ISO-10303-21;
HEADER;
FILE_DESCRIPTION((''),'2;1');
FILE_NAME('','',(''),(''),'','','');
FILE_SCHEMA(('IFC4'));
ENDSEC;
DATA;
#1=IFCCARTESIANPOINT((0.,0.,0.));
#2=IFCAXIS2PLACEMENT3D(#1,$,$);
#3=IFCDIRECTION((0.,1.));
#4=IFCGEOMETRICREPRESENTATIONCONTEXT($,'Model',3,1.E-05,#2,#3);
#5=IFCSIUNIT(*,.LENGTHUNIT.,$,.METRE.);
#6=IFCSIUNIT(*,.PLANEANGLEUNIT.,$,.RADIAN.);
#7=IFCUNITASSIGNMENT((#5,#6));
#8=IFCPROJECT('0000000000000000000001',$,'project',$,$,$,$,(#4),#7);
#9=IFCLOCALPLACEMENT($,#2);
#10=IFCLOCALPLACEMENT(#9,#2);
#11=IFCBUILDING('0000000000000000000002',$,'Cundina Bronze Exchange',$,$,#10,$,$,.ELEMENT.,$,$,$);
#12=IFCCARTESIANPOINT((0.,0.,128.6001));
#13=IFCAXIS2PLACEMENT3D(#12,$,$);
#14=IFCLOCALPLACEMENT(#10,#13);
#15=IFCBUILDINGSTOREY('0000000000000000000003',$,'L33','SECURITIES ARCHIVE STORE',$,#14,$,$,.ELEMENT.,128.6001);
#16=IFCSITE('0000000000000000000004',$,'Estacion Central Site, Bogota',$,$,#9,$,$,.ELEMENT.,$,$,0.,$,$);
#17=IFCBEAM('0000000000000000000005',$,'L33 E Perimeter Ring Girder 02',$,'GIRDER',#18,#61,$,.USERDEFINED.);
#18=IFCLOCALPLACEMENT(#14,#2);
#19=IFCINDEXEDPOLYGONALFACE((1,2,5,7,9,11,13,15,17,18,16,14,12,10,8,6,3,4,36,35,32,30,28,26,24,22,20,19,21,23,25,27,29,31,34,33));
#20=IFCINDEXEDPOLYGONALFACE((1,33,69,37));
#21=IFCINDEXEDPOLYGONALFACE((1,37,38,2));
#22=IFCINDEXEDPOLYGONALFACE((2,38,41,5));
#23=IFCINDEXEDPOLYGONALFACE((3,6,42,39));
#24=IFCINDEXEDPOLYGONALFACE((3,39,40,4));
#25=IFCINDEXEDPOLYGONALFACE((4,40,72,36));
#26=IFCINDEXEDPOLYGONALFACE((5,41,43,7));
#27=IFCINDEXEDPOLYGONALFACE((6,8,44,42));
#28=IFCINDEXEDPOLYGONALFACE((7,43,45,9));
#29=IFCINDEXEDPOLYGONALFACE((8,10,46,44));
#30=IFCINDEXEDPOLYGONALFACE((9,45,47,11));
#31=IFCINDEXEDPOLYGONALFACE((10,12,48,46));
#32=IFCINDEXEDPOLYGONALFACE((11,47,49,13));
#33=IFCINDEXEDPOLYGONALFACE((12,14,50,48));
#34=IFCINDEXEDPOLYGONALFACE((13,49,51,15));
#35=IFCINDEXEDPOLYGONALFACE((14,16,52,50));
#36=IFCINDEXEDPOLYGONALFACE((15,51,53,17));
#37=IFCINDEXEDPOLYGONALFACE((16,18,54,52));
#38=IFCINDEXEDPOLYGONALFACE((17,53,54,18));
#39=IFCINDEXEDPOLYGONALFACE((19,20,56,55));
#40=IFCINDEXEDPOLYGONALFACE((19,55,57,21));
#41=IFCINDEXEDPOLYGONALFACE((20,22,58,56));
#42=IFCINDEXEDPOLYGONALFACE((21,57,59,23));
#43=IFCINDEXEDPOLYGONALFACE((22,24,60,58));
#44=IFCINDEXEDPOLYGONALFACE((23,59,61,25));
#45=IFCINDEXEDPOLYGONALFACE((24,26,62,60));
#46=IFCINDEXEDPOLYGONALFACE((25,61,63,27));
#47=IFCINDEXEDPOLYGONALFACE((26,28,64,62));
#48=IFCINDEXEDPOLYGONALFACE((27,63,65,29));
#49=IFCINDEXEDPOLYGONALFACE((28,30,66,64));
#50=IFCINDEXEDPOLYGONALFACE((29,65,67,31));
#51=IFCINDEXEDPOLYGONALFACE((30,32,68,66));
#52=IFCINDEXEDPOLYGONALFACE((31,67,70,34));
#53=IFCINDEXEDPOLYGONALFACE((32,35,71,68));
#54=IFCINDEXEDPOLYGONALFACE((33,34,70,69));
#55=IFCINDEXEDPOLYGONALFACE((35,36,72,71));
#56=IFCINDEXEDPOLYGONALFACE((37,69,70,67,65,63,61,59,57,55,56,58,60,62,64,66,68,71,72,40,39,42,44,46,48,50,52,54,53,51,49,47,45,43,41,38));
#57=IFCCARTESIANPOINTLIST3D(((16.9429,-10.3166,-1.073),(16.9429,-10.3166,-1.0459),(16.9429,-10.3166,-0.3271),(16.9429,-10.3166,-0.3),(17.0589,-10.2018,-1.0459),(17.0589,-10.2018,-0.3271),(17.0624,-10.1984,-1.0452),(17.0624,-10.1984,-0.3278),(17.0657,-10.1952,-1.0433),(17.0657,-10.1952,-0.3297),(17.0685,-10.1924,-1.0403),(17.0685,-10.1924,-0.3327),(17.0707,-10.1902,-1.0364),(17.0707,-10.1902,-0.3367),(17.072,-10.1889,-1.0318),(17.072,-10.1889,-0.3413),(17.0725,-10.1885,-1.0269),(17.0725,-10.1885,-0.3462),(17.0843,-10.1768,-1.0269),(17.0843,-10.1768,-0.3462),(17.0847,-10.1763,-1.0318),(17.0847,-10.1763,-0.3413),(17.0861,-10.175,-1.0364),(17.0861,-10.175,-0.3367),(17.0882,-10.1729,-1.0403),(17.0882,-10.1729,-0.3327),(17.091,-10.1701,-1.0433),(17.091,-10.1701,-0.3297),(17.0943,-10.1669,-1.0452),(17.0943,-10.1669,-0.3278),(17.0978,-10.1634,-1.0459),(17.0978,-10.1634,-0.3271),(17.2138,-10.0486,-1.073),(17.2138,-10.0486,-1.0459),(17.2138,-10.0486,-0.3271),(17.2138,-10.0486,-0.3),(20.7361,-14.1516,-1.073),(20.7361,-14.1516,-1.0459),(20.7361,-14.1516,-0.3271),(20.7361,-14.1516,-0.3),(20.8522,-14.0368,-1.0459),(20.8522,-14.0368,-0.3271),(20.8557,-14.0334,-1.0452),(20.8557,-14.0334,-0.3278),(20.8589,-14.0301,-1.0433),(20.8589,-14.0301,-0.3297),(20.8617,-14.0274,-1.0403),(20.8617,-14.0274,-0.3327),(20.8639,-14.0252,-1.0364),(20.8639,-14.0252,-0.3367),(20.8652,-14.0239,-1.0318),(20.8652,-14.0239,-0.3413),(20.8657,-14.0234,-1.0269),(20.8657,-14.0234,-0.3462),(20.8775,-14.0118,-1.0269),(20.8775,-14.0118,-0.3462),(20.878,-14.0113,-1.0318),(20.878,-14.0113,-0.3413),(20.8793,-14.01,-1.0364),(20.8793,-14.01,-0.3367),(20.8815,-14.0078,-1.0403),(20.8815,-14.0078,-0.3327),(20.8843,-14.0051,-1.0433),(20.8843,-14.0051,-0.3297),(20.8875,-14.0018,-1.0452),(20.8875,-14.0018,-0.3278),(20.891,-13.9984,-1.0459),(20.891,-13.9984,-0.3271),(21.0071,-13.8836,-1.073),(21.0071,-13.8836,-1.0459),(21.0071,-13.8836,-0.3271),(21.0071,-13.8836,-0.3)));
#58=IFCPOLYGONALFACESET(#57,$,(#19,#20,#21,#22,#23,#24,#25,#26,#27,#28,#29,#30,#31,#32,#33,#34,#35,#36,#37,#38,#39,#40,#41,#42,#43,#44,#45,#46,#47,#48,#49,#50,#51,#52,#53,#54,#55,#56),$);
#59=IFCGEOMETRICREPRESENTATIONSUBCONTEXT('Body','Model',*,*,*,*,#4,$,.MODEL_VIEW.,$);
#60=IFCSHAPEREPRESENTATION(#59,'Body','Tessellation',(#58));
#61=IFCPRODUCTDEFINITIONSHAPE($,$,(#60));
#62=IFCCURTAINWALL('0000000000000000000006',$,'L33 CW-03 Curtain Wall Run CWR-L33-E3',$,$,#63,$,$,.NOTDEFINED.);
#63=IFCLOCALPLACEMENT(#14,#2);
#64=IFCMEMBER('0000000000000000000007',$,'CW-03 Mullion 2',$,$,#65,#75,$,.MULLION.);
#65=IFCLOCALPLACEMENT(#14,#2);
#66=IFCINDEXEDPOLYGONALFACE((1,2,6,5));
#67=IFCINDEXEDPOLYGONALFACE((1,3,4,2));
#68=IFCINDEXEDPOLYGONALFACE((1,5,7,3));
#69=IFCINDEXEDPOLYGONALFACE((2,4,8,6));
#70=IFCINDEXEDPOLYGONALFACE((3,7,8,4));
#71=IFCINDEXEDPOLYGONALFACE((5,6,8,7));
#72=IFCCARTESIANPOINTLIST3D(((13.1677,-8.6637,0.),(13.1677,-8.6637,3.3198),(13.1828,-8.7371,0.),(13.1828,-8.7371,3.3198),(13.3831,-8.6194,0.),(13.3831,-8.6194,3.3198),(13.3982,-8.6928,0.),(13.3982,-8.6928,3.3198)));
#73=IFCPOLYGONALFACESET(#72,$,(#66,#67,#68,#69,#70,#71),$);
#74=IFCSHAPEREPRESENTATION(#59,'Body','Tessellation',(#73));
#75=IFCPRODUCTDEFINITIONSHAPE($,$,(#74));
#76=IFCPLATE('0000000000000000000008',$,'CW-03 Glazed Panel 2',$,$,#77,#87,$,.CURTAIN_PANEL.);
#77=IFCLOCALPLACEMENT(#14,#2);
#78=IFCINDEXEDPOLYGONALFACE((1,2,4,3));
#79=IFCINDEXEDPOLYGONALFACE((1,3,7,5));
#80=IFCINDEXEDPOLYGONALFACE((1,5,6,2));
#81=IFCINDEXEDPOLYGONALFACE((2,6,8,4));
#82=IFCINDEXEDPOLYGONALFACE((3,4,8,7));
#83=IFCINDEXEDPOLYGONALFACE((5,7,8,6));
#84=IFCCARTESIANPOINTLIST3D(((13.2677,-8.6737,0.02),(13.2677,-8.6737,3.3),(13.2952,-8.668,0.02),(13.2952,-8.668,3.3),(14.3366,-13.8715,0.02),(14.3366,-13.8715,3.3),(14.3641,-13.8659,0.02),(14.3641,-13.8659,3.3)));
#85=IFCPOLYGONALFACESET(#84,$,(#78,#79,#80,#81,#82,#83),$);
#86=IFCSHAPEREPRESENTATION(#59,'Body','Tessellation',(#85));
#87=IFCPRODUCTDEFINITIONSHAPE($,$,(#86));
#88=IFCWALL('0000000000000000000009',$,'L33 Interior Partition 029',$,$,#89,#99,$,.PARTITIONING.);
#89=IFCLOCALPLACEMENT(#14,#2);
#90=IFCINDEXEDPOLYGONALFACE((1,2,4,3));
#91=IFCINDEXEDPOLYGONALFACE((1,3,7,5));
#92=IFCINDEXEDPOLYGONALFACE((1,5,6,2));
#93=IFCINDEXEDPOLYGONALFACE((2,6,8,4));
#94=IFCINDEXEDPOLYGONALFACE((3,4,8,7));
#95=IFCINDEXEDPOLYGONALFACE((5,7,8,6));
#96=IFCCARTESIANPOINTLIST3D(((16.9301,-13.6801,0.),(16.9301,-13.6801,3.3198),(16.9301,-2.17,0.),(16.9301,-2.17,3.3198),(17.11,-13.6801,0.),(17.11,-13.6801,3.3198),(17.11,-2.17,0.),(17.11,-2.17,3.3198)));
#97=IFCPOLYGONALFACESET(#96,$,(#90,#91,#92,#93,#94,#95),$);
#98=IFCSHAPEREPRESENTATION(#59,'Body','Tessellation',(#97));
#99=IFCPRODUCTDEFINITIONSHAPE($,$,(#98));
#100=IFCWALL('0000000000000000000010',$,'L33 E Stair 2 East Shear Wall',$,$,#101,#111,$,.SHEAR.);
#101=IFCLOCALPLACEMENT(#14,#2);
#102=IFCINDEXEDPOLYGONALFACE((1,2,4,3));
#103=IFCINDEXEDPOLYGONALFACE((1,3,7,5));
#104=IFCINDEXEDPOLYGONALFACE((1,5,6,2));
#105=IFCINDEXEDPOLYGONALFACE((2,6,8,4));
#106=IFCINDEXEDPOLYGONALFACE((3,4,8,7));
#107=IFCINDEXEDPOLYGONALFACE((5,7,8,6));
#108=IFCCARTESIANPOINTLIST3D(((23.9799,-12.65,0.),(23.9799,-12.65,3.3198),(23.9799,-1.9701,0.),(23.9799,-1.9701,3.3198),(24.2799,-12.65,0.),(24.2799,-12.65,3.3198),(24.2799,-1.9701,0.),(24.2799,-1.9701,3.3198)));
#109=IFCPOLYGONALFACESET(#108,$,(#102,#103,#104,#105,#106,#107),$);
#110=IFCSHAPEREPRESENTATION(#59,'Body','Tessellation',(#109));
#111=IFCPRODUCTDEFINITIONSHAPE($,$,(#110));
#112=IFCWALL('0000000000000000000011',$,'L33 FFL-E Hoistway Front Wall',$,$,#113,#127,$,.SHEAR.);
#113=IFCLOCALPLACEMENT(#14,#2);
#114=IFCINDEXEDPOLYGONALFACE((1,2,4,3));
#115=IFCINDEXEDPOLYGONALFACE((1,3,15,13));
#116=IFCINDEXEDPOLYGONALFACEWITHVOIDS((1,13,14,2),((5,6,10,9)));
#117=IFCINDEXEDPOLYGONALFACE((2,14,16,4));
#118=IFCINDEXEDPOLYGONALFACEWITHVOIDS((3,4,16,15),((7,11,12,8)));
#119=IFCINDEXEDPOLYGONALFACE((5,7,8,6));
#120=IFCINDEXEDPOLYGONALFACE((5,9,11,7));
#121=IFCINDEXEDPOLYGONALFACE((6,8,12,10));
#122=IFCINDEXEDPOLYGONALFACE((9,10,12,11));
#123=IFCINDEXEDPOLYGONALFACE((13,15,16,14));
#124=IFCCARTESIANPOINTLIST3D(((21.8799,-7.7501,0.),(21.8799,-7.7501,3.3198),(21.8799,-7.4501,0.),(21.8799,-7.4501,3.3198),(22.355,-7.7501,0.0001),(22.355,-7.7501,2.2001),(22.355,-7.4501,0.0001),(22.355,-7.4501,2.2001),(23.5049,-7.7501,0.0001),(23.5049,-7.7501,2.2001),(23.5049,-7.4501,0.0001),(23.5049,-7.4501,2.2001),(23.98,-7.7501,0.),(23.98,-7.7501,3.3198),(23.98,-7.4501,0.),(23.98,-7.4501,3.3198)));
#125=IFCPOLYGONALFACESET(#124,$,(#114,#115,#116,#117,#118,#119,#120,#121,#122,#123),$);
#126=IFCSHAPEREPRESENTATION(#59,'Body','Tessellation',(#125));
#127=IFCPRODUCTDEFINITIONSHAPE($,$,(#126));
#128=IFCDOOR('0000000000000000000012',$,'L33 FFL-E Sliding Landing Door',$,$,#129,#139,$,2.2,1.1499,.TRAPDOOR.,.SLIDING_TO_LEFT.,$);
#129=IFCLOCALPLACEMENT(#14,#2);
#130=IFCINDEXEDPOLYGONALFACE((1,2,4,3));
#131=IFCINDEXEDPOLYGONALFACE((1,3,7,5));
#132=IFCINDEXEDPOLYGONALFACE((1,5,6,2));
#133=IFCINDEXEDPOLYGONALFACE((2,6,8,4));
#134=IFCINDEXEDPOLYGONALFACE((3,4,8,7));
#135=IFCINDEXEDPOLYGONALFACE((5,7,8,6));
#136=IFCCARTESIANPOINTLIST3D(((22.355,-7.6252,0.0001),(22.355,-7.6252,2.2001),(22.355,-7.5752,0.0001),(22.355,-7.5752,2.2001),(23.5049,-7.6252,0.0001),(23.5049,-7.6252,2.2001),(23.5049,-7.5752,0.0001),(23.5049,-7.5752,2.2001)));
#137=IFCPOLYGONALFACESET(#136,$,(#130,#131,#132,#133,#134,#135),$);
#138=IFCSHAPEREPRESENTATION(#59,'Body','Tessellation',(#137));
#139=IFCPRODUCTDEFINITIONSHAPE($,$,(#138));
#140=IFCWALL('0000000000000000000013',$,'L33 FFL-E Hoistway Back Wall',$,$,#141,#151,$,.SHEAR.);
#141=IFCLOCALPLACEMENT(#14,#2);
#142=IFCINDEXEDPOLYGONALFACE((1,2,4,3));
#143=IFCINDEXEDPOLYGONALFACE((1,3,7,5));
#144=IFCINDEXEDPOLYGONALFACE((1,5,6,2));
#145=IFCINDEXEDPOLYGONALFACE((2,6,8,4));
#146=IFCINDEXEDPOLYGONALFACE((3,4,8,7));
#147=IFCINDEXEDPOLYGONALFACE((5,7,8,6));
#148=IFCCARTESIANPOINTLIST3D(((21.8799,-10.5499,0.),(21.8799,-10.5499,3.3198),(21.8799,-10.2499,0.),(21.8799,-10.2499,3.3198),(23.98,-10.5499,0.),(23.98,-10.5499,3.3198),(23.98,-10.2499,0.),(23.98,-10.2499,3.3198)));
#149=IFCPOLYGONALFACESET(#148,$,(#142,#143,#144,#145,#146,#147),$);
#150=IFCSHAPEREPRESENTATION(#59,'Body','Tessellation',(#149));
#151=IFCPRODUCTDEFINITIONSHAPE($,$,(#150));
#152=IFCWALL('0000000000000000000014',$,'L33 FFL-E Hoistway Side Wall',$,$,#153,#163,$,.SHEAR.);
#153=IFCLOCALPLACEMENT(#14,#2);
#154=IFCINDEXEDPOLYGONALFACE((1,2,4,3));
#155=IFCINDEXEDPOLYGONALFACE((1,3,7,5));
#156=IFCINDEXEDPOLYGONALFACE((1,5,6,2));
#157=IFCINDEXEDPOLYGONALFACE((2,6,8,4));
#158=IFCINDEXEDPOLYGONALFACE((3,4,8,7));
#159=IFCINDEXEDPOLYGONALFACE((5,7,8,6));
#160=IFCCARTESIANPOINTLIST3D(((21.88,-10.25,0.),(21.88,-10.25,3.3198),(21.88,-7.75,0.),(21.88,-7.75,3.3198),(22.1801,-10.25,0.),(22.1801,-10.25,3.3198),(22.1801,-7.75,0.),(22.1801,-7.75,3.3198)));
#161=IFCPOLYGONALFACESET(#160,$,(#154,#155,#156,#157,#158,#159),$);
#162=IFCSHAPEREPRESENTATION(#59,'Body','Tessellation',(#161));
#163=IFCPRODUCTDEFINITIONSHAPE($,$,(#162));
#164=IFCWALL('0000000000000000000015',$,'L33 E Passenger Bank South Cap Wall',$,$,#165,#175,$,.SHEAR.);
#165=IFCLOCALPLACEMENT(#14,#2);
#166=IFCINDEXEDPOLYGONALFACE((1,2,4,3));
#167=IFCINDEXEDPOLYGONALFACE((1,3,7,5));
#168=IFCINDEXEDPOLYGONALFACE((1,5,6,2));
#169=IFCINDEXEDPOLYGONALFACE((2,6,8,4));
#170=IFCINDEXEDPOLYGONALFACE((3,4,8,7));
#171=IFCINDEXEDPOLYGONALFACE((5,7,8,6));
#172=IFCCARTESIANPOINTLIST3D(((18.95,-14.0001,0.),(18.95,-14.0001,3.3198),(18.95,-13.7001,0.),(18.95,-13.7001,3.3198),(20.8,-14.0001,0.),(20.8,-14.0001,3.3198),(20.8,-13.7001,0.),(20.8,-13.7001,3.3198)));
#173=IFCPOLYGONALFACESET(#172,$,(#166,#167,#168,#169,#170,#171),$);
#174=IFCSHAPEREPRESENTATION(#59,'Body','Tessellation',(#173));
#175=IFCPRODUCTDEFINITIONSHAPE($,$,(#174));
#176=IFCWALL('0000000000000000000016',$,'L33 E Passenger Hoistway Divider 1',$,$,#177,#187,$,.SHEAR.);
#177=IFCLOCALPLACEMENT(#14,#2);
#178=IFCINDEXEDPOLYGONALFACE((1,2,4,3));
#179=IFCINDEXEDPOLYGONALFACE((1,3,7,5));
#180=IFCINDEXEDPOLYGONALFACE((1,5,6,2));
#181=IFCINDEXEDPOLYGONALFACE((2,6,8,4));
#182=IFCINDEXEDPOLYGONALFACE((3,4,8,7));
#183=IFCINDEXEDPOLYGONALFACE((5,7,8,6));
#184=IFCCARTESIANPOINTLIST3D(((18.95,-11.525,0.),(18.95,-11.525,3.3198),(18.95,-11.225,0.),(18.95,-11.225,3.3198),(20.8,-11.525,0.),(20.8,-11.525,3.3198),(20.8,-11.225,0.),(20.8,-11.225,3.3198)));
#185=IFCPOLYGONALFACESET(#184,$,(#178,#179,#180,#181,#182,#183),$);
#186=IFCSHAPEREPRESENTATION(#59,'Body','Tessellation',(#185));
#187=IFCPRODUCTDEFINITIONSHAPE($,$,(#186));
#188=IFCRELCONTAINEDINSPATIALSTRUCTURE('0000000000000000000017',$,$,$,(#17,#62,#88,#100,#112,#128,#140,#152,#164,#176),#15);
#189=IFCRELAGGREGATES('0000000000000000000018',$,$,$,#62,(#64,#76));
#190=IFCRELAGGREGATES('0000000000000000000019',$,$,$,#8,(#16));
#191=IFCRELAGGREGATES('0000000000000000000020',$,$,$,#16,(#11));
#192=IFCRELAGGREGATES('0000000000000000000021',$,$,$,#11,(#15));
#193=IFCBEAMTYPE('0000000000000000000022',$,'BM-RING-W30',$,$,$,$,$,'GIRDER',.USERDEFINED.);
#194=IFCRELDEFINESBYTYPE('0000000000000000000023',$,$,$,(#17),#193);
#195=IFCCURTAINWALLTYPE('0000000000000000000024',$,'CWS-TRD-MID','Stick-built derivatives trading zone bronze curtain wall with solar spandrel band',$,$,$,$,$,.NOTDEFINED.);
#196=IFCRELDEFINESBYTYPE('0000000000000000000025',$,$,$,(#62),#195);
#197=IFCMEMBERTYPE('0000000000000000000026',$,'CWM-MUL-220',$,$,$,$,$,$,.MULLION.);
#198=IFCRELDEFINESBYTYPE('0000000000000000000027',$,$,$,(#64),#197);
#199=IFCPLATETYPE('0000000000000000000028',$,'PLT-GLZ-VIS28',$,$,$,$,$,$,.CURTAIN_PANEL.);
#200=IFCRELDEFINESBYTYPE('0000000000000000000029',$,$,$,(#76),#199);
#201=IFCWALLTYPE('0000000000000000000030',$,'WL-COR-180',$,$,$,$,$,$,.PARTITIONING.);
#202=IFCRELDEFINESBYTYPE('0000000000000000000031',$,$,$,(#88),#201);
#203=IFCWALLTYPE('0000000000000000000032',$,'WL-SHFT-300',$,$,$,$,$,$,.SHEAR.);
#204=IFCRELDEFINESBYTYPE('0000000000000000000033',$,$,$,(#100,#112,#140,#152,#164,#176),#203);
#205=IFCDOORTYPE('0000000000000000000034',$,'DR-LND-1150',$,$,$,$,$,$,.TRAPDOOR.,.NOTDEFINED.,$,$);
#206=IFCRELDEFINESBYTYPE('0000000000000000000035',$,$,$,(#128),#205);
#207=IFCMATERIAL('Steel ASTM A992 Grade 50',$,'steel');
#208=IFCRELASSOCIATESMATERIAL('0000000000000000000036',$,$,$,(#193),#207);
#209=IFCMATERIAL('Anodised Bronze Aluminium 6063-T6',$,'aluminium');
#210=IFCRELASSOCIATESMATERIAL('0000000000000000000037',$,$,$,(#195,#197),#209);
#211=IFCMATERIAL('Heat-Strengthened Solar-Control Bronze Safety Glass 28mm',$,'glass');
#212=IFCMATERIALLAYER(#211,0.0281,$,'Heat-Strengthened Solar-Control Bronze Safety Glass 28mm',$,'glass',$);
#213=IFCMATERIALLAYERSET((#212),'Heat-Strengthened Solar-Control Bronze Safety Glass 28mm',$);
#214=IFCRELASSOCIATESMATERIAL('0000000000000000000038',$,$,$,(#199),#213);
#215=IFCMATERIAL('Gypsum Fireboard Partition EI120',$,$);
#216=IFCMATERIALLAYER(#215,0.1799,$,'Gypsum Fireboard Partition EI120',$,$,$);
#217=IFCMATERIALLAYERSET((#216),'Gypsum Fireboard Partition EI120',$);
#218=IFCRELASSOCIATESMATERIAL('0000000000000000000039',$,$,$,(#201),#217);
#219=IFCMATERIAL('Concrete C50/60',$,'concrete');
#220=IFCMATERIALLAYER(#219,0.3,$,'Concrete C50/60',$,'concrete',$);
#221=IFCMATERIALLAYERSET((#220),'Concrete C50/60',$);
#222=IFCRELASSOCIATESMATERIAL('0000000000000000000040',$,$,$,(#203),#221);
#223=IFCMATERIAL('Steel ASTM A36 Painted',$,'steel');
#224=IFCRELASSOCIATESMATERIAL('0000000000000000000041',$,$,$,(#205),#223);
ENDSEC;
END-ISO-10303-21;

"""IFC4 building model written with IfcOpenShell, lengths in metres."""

from ifc_helpers import new_model, si_unit, direction, frame, frame_2d, origin, origin_2d, place, context, subcontext, project, spatial, rectangle, i_section, extrude, material, layer, layer_set, material_profile, profile_set, type_object, element, fill, aggregate, save


model = new_model("IFC4")

# Units and contexts
model_context = context("Model", 3, precision=1e-05, world=origin(), true_north=direction((0.0, 1.0)))
body_context = subcontext(model_context, "Body", "Model", "MODEL_VIEW")
ifc_project = project(units=[si_unit("LENGTHUNIT", "METRE"), si_unit("PLANEANGLEUNIT", "RADIAN")], contexts=[model_context])

# Site, building, storey
site_placement = place(None, origin())
site = spatial("IfcSite", under=ifc_project, at=site_placement, Name="Estacion Central Site, Bogota", CompositionType="ELEMENT", RefElevation=0.0)
building_placement = place(site_placement, origin())
building = spatial("IfcBuilding", under=site, at=building_placement, Name="Cundina Bronze Exchange", CompositionType="ELEMENT")
storey_placement = place(building_placement, frame((0.0, 0.0, 128.6001)))
storey = spatial("IfcBuildingStorey", under=building, at=storey_placement, Name="L33", Description="SECURITIES ARCHIVE STORE", CompositionType="ELEMENT", Elevation=128.6001)

# Beam
ifc_material_1 = material(Name="Steel ASTM A992 Grade 50", Category="steel")
ifc_material_profile_1 = material_profile(ifc_material_1, i_section(OverallWidth=0.3811, OverallDepth=0.7729, WebThickness=0.0166, FlangeThickness=0.0271, FilletRadius=0.019, at=origin_2d()), Name="W30X173", Category="steel")
ifc_profile_set_1 = profile_set([ifc_material_profile_1], Name="Steel ASTM A992 Grade 50")
beam_type_1 = type_object("IfcBeamType", Name="BM-RING-W30", ElementType="GIRDER", PredefinedType="USERDEFINED", material=ifc_profile_set_1)
beam_1_placement = place(storey_placement, frame((17.0784, -10.1826, -0.6865), z_axis=(0.703226, -0.710966, 0.0), x_axis=(0.710966, 0.703226, 0.0)))
element("IfcBeam", 1, at=beam_1_placement, inside=storey, type_object=beam_type_1, Name="L33 E Perimeter Ring Girder 02", ObjectType="GIRDER", PredefinedType="USERDEFINED", context=body_context, shape_type="SweptSolid", body=[
    extrude(i_section(OverallWidth=0.3811, OverallDepth=0.7729, WebThickness=0.0166, FlangeThickness=0.0271, FilletRadius=0.019, at=origin_2d()), origin(), (0.0, 0.0, 1.0), 5.394),
])

# Curtain wall, member, plate
ifc_material_2 = material(Name="Anodised Bronze Aluminium 6063-T6", Category="aluminium")
curtain_wall_type = type_object("IfcCurtainWallType", Name="CWS-TRD-MID", Description="Stick-built derivatives trading zone bronze curtain wall with solar spandrel band", PredefinedType="NOTDEFINED", material=ifc_material_2)
curtain_wall_placement = place(storey_placement, origin())
curtain_wall = element("IfcCurtainWall", 2, at=curtain_wall_placement, inside=storey, type_object=curtain_wall_type, Name="L33 CW-03 Curtain Wall Run CWR-L33-E3", PredefinedType="NOTDEFINED")
ifc_material_profile_2 = material_profile(ifc_material_2, rectangle(XDim=0.075, YDim=0.22, at=origin_2d()), Name="AL75X220", Category="aluminium")
ifc_profile_set_2 = profile_set([ifc_material_profile_2], Name="Anodised Bronze Aluminium 6063-T6")
member_type = type_object("IfcMemberType", Name="CWM-MUL-220", PredefinedType="MULLION", material=ifc_profile_set_2)
member_placement = place(storey_placement, frame((13.283, -8.6782, 0.0), z_axis=(0.0, 0.0, 1.0), x_axis=(0.20142, -0.979505, 0.0)))
member = element("IfcMember", 3, at=member_placement, type_object=member_type, Name="CW-03 Mullion 2", PredefinedType="MULLION", context=body_context, shape_type="SweptSolid", body=[
    extrude(rectangle(XDim=0.075, YDim=0.22, at=origin_2d()), origin(), (0.0, 0.0, 1.0), 3.3198),
])
ifc_material_3 = material(Name="Heat-Strengthened Solar-Control Bronze Safety Glass 28mm", Category="glass")
ifc_layer_1 = layer(ifc_material_3, 0.0281, Name="Heat-Strengthened Solar-Control Bronze Safety Glass 28mm", Category="glass")
ifc_layer_set_1 = layer_set([ifc_layer_1], Name="Heat-Strengthened Solar-Control Bronze Safety Glass 28mm")
plate_type = type_object("IfcPlateType", Name="PLT-GLZ-VIS28", PredefinedType="CURTAIN_PANEL", material=ifc_layer_set_1)
plate_placement = place(storey_placement, frame((13.8159, -11.2698, 0.02), z_axis=(0.0, 0.0, 1.0), x_axis=(0.20142, -0.979505, 0.0)))
plate = element("IfcPlate", 4, at=plate_placement, type_object=plate_type, Name="CW-03 Glazed Panel 2", PredefinedType="CURTAIN_PANEL", context=body_context, shape_type="SweptSolid", body=[
    extrude(rectangle(XDim=5.3066, YDim=0.0281, at=origin_2d()), origin(), (0.0, 0.0, 1.0), 3.28),
])
aggregate(curtain_wall, [member, plate])

# Walls
ifc_material_4 = material(Name="Gypsum Fireboard Partition EI120")
ifc_layer_2 = layer(ifc_material_4, 0.1799, Name="Gypsum Fireboard Partition EI120")
ifc_layer_set_2 = layer_set([ifc_layer_2], Name="Gypsum Fireboard Partition EI120")
wall_type_1 = type_object("IfcWallType", Name="WL-COR-180", PredefinedType="PARTITIONING", material=ifc_layer_set_2)
wall_1_placement = place(storey_placement, frame((17.02, -13.6799, 0.0), z_axis=(0.0, 0.0, 1.0), x_axis=(0.0, 1.0, 0.0)))
element("IfcWall", 5, at=wall_1_placement, inside=storey, type_object=wall_type_1, Name="L33 Interior Partition 029", PredefinedType="PARTITIONING", context=body_context, shape_type="SweptSolid", body=[
    extrude(rectangle(XDim=11.51, YDim=0.1799, at=frame_2d((5.7549, 0.0))), origin(), (0.0, 0.0, 1.0), 3.3198),
])
ifc_material_5 = material(Name="Concrete C50/60", Category="concrete")
ifc_layer_3 = layer(ifc_material_5, 0.3, Name="Concrete C50/60", Category="concrete")
ifc_layer_set_3 = layer_set([ifc_layer_3], Name="Concrete C50/60")
wall_type_2 = type_object("IfcWallType", Name="WL-SHFT-300", PredefinedType="SHEAR", material=ifc_layer_set_3)
wall_2_placement = place(storey_placement, frame((24.1299, -12.6499, 0.0), z_axis=(0.0, 0.0, 1.0), x_axis=(0.0, 1.0, 0.0)))
element("IfcWall", 6, at=wall_2_placement, inside=storey, type_object=wall_type_2, Name="L33 E Stair 2 East Shear Wall", PredefinedType="SHEAR", context=body_context, shape_type="SweptSolid", body=[
    extrude(rectangle(XDim=10.6799, YDim=0.3, at=frame_2d((5.3398, 0.0))), origin(), (0.0, 0.0, 1.0), 3.3198),
])

# Wall, opening, door
ifc_material_6 = material(Name="Steel ASTM A36 Painted", Category="steel")
wall_3_placement = place(storey_placement, frame((21.8799, -7.6001, 0.0), z_axis=(0.0, 0.0, 1.0), x_axis=(1.0, 0.0, 0.0)))
wall_3 = element("IfcWall", 7, at=wall_3_placement, inside=storey, type_object=wall_type_2, Name="L33 FFL-E Hoistway Front Wall", PredefinedType="SHEAR", context=body_context, shape_type="SweptSolid", body=[
    extrude(rectangle(XDim=2.1001, YDim=0.3, at=frame_2d((1.05, 0.0))), origin(), (0.0, 0.0, 1.0), 3.3198),
])
opening_1_placement = place(wall_3_placement, frame((0.4751, 0.0, 0.0)))
opening_1 = element("IfcOpeningElement", 8, at=opening_1_placement, cuts=wall_3, PredefinedType="OPENING", context=body_context, shape_type="SweptSolid", body=[
    extrude(rectangle(XDim=1.1499, YDim=2.2, at=frame_2d((0.575, 1.1001))), frame((0.0, 0.1599, 0.0), z_axis=(0.0, -1.0, 0.0), x_axis=(1.0, 0.0, 0.0)), (0.0, 0.0, 1.0), 0.3201),
])
door_type_1 = type_object("IfcDoorType", Name="DR-LND-1150", OperationType="NOTDEFINED", PredefinedType="TRAPDOOR", material=ifc_material_6)
door_1_placement = place(opening_1_placement, origin())
door_1 = element("IfcDoor", 9, at=door_1_placement, inside=storey, type_object=door_type_1, Name="L33 FFL-E Sliding Landing Door", OperationType="SLIDING_TO_LEFT", OverallHeight=2.2, OverallWidth=1.1499, PredefinedType="TRAPDOOR", context=body_context, shape_type="SweptSolid", body=[
    extrude(rectangle(XDim=1.1499, YDim=2.2, at=frame_2d((0.575, 1.1001))), frame((0.0, 0.0249, 0.0), z_axis=(0.0, -1.0, 0.0), x_axis=(1.0, 0.0, 0.0)), (0.0, 0.0, 1.0), 0.05),
])
fill(opening_1, door_1)

# Walls
wall_4_placement = place(storey_placement, frame((21.8799, -10.3999, 0.0), z_axis=(0.0, 0.0, 1.0), x_axis=(1.0, 0.0, 0.0)))
element("IfcWall", 10, at=wall_4_placement, inside=storey, type_object=wall_type_2, Name="L33 FFL-E Hoistway Back Wall", PredefinedType="SHEAR", context=body_context, shape_type="SweptSolid", body=[
    extrude(rectangle(XDim=2.1001, YDim=0.3, at=frame_2d((1.05, 0.0))), origin(), (0.0, 0.0, 1.0), 3.3198),
])
wall_5_placement = place(storey_placement, frame((22.03, -10.25, 0.0), z_axis=(0.0, 0.0, 1.0), x_axis=(0.0, 1.0, 0.0)))
element("IfcWall", 11, at=wall_5_placement, inside=storey, type_object=wall_type_2, Name="L33 FFL-E Hoistway Side Wall", PredefinedType="SHEAR", context=body_context, shape_type="SweptSolid", body=[
    extrude(rectangle(XDim=2.5, YDim=0.3, at=frame_2d((1.25, 0.0))), origin(), (0.0, 0.0, 1.0), 3.3198),
])
for number, where, z_axis, x_axis, name in (
    (12, (18.95, -13.8501, 0.0), (0.0, 0.0, 1.0), (1.0, 0.0, 0.0), "L33 E Passenger Bank South Cap Wall"),
    (13, (18.95, -11.375, 0.0), (0.0, 0.0, 1.0), (1.0, 0.0, 0.0), "L33 E Passenger Hoistway Divider 1"),
):
    element("IfcWall", number, at=place(storey_placement, frame(where, z_axis=z_axis, x_axis=x_axis)), inside=storey, type_object=wall_type_2, Name=name, PredefinedType="SHEAR", context=body_context, shape_type="SweptSolid", body=[
        extrude(rectangle(XDim=1.8501, YDim=0.3, at=frame_2d((0.925, 0.0))), origin(), (0.0, 0.0, 1.0), 3.3198),
    ])

save(model, "model.ifc")
